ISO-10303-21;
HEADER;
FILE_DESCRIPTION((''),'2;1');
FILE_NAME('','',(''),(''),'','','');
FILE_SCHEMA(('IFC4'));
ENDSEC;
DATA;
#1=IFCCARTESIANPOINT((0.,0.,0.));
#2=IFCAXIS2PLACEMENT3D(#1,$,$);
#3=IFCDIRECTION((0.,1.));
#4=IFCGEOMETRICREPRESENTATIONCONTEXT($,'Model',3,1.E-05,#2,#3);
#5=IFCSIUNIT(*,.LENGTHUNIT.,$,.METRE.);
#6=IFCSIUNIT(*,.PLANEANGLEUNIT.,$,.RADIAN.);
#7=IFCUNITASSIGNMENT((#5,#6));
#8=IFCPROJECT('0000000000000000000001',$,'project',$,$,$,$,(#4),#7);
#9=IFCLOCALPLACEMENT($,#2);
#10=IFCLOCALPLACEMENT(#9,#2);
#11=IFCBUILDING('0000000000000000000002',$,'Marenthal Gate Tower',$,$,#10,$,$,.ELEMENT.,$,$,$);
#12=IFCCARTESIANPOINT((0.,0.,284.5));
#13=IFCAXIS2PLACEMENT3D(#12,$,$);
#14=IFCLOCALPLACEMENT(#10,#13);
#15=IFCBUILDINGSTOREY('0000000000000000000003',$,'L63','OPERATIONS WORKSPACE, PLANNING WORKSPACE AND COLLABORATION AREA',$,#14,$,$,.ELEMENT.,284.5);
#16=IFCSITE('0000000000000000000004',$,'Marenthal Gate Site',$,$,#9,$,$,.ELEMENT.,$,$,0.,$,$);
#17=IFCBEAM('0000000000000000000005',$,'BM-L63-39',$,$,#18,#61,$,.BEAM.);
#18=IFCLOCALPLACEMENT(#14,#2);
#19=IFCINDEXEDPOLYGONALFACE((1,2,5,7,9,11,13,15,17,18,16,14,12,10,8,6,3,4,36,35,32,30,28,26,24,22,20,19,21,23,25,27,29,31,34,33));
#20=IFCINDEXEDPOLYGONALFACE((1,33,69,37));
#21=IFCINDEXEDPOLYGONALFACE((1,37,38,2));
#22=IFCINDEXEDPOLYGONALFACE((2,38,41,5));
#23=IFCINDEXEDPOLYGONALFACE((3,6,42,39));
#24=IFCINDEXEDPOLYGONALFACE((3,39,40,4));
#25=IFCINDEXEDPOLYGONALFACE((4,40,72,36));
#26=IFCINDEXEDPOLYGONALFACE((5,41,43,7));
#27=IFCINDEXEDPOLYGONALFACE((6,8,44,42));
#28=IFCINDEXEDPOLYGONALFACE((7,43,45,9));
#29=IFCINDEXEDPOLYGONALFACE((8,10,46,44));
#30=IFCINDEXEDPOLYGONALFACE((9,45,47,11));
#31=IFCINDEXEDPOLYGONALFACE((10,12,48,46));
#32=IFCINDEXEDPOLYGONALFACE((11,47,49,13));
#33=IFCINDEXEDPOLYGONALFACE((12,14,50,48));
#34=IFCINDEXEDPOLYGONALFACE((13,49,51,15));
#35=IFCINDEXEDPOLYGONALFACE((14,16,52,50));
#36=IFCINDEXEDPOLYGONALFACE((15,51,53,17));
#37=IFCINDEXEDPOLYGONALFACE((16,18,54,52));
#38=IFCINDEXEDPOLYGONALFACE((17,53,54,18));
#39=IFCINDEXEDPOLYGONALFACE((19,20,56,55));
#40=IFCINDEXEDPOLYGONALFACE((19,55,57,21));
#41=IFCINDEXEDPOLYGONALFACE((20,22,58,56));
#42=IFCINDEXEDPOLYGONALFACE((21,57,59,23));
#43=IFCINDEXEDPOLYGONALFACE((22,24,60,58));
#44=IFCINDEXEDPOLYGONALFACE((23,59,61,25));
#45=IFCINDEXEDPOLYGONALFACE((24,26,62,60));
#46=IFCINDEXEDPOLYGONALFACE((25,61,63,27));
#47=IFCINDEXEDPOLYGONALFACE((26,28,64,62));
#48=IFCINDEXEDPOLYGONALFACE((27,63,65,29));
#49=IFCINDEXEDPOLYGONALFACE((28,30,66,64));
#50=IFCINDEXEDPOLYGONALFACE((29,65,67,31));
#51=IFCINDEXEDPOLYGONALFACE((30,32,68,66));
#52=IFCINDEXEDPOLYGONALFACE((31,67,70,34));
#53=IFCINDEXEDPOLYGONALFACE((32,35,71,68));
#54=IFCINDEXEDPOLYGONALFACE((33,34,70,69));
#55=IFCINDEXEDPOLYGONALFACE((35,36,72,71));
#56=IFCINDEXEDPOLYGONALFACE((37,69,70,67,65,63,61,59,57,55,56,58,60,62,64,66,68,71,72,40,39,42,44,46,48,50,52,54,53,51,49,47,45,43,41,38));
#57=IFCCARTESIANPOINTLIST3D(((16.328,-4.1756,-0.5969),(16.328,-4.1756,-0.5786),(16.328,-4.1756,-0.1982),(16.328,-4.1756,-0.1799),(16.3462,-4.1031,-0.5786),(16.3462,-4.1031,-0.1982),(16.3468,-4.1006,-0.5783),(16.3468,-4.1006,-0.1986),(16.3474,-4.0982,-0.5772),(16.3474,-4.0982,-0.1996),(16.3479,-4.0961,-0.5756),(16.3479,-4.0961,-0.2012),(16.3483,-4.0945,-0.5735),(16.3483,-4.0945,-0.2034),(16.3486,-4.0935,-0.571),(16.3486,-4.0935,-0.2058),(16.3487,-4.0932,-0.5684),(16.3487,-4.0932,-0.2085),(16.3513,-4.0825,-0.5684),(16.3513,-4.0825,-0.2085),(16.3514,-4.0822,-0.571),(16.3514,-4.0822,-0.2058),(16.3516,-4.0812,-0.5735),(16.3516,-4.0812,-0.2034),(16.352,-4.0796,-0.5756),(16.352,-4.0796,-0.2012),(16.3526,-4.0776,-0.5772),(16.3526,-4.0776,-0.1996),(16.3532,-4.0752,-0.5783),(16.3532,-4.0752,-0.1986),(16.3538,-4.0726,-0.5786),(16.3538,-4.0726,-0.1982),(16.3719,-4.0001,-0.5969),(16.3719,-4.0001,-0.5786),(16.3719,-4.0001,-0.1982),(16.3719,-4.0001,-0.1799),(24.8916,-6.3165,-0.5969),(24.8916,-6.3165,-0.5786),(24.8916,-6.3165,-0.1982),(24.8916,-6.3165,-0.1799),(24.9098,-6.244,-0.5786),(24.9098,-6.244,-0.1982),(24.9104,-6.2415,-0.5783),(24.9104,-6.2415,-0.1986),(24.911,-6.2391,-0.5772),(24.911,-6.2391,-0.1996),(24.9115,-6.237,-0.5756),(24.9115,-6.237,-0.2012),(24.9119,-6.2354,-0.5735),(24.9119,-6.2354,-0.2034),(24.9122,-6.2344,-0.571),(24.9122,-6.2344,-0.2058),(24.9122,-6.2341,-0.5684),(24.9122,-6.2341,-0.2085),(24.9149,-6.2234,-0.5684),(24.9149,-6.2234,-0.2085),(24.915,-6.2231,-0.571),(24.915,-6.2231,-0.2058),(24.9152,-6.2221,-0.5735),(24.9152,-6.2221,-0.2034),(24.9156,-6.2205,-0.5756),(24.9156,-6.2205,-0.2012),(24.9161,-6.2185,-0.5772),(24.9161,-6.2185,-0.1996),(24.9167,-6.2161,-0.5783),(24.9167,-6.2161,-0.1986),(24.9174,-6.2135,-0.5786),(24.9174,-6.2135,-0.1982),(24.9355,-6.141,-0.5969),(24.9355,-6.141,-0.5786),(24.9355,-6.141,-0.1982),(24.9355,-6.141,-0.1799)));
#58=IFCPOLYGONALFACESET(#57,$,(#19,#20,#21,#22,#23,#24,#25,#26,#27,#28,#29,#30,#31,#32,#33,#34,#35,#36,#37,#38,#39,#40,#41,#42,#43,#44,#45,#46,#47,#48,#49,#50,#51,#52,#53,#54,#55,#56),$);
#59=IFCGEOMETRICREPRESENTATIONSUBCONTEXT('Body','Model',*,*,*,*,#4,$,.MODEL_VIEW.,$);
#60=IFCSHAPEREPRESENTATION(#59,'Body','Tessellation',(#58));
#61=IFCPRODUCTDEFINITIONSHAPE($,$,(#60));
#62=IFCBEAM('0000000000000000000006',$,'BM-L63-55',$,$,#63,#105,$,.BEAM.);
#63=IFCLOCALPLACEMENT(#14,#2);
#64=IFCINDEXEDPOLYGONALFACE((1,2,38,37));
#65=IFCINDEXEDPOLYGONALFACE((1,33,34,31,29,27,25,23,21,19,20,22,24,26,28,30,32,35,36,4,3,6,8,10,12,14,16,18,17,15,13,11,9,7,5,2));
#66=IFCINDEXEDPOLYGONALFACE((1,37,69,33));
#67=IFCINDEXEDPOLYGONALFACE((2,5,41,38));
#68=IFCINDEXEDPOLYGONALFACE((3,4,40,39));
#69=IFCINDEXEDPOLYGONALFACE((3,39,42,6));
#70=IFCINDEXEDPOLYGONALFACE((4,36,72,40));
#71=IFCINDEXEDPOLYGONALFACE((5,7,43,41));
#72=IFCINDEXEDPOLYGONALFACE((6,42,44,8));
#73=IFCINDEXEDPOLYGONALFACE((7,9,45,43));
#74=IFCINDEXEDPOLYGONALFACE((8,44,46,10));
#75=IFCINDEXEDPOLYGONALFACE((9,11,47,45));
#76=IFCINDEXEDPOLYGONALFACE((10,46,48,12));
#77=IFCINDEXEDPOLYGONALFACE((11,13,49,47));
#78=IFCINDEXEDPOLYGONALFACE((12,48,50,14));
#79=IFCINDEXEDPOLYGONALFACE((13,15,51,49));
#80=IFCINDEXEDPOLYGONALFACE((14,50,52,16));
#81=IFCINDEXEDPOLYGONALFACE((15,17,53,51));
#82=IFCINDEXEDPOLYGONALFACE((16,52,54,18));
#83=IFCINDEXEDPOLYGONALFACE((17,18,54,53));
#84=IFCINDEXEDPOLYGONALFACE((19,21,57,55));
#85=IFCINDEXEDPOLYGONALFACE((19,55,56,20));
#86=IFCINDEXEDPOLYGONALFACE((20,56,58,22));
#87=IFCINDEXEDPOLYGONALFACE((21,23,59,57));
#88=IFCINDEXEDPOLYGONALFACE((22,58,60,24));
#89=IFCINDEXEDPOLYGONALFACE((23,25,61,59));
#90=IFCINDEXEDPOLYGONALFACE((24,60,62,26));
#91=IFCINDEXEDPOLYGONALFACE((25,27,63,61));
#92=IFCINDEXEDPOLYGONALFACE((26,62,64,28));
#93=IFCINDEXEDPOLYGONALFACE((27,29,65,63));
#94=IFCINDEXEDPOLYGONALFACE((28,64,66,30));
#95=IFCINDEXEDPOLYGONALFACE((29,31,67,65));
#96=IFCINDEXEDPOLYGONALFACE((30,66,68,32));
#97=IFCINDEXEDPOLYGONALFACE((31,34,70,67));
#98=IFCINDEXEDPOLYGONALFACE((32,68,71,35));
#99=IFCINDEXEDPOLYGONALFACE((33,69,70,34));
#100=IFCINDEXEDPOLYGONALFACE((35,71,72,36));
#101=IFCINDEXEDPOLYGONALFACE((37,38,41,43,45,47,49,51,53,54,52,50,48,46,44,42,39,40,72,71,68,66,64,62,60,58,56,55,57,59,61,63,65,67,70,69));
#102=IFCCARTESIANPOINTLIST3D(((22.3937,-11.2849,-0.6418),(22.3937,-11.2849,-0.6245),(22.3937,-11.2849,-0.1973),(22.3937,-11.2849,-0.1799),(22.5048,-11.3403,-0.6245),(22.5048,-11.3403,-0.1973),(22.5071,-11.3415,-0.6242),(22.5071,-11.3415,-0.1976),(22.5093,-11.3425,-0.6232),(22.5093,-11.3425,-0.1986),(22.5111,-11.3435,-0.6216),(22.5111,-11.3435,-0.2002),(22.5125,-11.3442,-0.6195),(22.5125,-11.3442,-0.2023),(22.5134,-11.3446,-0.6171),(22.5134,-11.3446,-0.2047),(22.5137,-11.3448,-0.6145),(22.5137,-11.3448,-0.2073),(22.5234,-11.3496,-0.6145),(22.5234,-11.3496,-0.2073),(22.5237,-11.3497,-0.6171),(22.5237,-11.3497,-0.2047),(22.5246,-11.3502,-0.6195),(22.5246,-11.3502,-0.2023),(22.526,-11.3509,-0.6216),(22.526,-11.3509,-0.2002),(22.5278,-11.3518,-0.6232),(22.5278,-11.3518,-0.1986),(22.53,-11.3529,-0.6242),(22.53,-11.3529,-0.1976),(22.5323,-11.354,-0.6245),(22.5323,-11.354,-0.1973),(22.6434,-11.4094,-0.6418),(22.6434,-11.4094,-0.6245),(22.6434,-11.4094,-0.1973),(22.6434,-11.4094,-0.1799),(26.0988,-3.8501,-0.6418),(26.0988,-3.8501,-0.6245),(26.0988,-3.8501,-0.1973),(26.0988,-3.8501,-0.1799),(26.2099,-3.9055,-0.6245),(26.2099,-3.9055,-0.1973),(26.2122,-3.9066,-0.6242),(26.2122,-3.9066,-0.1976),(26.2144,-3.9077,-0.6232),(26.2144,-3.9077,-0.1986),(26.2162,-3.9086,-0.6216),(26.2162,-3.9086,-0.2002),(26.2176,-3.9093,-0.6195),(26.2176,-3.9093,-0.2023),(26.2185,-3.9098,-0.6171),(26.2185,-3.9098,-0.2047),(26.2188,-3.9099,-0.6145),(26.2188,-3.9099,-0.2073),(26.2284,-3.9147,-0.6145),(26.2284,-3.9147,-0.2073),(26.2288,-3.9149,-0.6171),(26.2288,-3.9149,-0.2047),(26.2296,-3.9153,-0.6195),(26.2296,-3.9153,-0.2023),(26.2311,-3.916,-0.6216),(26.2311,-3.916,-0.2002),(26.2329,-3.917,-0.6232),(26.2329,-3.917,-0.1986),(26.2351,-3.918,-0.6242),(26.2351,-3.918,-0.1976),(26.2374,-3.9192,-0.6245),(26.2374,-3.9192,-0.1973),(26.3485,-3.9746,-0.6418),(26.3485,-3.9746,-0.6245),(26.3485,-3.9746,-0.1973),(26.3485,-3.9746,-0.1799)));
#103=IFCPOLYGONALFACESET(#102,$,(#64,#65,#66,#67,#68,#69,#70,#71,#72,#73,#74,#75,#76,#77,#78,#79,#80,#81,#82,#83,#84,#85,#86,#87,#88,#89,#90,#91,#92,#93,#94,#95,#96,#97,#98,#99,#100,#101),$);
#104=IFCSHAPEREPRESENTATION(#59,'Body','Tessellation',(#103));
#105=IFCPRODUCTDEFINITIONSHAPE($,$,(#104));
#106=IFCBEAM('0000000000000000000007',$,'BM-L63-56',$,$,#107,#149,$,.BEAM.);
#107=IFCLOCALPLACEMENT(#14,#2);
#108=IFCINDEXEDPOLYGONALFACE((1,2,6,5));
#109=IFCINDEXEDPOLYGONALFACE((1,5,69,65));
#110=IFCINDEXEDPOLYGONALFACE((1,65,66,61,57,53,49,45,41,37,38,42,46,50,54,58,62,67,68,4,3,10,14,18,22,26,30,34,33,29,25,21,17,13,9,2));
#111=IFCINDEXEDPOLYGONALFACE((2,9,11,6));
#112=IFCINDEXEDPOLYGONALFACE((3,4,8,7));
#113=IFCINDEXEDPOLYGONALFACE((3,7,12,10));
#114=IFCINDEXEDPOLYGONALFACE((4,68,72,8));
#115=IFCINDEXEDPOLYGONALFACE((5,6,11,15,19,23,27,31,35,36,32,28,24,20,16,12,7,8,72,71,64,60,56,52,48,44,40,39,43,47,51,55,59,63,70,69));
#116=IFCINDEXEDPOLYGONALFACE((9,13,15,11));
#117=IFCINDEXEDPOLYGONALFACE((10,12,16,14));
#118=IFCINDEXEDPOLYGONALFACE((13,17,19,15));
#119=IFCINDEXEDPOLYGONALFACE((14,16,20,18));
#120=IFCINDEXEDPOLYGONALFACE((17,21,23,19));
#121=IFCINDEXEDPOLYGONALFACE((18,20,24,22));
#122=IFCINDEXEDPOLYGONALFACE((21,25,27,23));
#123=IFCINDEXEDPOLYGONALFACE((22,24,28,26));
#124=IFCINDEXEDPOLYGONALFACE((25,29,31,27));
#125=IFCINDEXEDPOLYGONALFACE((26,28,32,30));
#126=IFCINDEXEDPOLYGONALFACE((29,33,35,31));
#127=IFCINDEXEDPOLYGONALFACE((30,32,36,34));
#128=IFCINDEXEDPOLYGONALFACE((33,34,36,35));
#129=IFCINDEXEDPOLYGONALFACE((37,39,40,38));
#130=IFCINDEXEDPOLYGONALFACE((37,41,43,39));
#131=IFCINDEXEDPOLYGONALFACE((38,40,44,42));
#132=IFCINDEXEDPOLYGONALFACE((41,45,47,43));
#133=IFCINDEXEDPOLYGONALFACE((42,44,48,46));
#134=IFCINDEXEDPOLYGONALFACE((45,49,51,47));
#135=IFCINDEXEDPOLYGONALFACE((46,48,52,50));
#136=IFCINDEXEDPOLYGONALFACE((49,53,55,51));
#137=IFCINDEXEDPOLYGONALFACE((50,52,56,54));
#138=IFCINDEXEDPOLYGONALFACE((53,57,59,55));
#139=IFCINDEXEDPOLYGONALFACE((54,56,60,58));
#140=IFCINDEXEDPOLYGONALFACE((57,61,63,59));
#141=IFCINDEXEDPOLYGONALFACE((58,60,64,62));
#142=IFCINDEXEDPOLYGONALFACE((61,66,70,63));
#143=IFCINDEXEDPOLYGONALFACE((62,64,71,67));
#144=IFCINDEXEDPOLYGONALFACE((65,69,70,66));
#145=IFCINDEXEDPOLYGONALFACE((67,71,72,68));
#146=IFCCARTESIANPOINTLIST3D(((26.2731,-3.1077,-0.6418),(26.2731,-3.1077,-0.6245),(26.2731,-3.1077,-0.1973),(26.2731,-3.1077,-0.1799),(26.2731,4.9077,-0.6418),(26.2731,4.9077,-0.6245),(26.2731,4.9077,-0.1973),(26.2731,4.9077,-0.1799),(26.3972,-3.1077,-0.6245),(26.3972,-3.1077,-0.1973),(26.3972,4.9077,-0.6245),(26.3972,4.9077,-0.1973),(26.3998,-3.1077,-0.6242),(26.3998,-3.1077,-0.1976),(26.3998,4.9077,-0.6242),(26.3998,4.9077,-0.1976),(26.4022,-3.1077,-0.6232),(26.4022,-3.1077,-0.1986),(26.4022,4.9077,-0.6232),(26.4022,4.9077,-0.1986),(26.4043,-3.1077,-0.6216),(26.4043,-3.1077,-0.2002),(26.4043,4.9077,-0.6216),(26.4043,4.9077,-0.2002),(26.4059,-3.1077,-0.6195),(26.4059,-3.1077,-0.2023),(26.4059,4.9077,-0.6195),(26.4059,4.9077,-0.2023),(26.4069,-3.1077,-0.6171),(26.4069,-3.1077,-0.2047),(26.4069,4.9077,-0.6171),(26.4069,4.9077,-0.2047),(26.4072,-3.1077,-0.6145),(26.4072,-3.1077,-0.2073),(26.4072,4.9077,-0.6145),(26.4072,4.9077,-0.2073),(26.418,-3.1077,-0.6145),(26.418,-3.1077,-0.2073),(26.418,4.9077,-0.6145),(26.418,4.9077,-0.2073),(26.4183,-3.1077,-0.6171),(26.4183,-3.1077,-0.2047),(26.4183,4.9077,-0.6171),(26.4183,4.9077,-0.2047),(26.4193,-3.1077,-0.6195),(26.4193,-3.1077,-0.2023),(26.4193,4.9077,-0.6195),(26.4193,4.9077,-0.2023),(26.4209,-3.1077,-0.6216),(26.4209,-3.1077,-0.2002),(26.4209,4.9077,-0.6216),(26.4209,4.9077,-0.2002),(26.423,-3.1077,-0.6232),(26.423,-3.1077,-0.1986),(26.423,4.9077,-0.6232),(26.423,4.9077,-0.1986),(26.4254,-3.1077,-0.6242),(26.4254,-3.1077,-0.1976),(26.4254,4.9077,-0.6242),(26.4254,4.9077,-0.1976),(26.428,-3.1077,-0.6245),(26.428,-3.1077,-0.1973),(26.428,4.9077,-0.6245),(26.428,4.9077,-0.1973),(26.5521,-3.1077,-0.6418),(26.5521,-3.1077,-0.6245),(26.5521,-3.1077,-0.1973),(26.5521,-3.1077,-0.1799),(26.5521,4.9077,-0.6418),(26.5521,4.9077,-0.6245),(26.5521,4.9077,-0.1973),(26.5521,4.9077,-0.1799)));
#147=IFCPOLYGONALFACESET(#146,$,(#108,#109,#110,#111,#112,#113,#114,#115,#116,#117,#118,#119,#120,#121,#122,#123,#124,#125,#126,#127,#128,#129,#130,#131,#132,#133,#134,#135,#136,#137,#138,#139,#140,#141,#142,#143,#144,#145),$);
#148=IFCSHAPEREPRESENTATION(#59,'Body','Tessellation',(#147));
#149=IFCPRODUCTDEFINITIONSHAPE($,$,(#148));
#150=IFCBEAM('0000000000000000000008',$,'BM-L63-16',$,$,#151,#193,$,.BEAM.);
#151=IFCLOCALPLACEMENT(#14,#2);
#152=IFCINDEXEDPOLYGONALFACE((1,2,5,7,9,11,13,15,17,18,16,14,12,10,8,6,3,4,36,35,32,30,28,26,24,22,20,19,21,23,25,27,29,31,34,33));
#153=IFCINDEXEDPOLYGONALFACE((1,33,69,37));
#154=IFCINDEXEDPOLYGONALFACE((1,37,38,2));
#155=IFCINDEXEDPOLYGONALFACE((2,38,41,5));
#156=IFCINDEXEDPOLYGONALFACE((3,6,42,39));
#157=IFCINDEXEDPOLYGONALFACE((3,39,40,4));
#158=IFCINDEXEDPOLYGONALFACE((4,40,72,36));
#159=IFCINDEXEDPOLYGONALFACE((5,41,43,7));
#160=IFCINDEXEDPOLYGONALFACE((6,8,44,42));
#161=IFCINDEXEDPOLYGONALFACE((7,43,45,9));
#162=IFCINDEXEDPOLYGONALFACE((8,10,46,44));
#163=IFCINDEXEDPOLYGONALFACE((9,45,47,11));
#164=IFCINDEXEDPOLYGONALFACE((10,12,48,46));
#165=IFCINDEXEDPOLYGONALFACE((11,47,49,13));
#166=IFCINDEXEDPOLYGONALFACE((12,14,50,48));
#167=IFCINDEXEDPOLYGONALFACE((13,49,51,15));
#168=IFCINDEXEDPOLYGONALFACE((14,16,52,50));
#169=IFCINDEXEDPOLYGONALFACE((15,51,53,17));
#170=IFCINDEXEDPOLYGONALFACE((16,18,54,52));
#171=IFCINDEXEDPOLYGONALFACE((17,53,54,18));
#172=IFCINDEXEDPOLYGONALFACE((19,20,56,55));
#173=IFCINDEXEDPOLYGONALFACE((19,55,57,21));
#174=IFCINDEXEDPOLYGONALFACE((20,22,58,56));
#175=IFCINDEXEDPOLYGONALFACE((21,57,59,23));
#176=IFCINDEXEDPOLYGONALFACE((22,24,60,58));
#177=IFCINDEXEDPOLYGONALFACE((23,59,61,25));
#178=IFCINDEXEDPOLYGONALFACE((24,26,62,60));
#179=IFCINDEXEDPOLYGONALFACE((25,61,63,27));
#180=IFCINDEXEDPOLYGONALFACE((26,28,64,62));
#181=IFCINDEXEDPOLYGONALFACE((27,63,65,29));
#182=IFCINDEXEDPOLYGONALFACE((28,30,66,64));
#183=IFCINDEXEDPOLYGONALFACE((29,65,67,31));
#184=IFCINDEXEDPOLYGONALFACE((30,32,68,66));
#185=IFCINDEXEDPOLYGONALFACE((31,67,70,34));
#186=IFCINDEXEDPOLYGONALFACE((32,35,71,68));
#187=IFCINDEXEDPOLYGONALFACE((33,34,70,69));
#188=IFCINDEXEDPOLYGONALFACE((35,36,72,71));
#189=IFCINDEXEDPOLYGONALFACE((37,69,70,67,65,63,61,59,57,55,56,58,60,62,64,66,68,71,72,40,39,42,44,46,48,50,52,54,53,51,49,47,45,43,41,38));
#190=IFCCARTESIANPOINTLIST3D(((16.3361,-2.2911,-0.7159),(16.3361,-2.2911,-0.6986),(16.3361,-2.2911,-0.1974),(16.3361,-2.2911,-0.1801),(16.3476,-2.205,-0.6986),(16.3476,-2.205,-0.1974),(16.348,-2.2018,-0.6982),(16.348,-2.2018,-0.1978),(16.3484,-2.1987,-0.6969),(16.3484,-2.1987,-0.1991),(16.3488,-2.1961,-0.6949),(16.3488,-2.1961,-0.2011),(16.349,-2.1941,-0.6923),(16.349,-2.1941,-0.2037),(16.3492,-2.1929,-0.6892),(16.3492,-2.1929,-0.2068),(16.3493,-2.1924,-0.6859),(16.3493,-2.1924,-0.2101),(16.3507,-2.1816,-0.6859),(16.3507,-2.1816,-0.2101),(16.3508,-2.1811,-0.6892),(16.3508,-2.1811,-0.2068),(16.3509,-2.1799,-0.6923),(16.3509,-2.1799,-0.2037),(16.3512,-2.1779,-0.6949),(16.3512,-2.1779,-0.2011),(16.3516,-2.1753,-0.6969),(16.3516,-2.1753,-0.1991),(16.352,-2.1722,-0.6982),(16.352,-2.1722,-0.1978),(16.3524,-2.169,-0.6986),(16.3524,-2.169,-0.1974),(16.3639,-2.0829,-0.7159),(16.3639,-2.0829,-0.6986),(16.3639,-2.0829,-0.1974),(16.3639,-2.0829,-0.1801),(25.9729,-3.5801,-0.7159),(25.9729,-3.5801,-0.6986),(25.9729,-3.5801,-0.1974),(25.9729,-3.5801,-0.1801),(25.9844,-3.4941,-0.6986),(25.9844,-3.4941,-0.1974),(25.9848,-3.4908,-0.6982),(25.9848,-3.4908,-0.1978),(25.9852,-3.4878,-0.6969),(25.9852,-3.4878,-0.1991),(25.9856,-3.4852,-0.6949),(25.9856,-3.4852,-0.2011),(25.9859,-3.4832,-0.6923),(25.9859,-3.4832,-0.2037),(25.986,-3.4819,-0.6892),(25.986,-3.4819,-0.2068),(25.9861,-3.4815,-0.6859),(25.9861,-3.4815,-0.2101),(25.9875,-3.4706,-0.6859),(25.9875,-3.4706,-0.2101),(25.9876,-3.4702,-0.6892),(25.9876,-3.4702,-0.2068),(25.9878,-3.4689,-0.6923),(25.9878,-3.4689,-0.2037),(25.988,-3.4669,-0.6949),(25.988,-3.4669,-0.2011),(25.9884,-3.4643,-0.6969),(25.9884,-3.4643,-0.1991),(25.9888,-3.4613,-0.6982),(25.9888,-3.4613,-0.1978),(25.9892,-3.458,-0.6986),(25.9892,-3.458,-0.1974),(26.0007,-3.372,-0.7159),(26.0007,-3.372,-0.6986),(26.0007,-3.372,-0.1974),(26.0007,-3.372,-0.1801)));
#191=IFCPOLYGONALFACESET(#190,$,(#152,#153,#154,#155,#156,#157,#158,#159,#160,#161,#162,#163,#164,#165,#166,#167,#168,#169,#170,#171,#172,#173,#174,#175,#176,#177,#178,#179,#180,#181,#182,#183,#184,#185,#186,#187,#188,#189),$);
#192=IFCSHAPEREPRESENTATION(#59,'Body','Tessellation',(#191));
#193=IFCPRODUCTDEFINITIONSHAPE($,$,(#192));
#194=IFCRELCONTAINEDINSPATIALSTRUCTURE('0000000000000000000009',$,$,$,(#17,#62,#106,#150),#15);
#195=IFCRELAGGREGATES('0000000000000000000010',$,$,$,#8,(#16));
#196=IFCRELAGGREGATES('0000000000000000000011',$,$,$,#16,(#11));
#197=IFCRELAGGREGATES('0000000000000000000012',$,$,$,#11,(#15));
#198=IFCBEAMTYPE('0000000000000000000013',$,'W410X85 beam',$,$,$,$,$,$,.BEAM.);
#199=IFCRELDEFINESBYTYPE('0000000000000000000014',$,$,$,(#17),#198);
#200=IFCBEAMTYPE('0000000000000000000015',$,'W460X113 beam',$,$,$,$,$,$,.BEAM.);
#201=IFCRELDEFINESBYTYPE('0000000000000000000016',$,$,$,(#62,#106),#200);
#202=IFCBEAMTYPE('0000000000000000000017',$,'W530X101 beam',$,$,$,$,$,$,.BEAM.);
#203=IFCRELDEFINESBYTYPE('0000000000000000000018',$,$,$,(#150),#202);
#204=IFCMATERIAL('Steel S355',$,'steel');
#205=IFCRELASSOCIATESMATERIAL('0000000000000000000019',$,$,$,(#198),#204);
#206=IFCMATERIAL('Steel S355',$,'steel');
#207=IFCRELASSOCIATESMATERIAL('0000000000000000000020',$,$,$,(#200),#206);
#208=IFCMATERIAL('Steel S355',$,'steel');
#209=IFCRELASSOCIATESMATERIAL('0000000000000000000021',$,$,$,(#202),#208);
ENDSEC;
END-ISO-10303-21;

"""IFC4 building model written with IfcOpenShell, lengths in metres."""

from ifc_helpers import new_model, si_unit, direction, frame, origin, origin_2d, place, context, subcontext, project, spatial, i_section, extrude, material, material_profile, profile_set, type_object, element, save


model = new_model("IFC4")

# Units and contexts
model_context = context("Model", 3, precision=1e-05, world=origin(), true_north=direction((0.0, 1.0)))
body_context = subcontext(model_context, "Body", "Model", "MODEL_VIEW")
ifc_project = project(units=[si_unit("LENGTHUNIT", "METRE"), si_unit("PLANEANGLEUNIT", "RADIAN")], contexts=[model_context])

# Site, building, storey
site_placement = place(None, origin())
site = spatial("IfcSite", under=ifc_project, at=site_placement, Name="Marenthal Gate Site", CompositionType="ELEMENT", RefElevation=0.0)
building_placement = place(site_placement, origin())
building = spatial("IfcBuilding", under=site, at=building_placement, Name="Marenthal Gate Tower", CompositionType="ELEMENT")
storey_placement = place(building_placement, frame((0.0, 0.0, 284.5)))
storey = spatial("IfcBuildingStorey", under=building, at=storey_placement, Name="L63", Description="OPERATIONS WORKSPACE, PLANNING WORKSPACE AND COLLABORATION AREA", CompositionType="ELEMENT", Elevation=284.5)

# Beams
ifc_material_1 = material(Name="Steel S355", Category="steel")
ifc_material_profile_1 = material_profile(ifc_material_1, i_section(OverallWidth=0.1809, OverallDepth=0.417, WebThickness=0.011, FlangeThickness=0.0183, FilletRadius=0.0103, at=origin_2d()), Name="W410X85")
ifc_profile_set_1 = profile_set([ifc_material_profile_1], Name="Steel S355")
beam_type_1 = type_object("IfcBeamType", Name="W410X85 beam", PredefinedType="BEAM", material=ifc_profile_set_1)
beam_1_placement = place(storey_placement, frame((24.9136, -6.2288, -0.3884), z_axis=(-0.970143, 0.242536, 0.0), x_axis=(-0.242536, -0.970143, 0.0)))
element("IfcBeam", 1, at=beam_1_placement, inside=storey, type_object=beam_type_1, Name="BM-L63-39", PredefinedType="BEAM", context=body_context, shape_type="SweptSolid", body=[
    extrude(i_section(OverallWidth=0.1809, OverallDepth=0.417, WebThickness=0.011, FlangeThickness=0.0183, FilletRadius=0.0103, at=origin_2d()), origin(), (0.0, 0.0, 1.0), 8.8271),
])
ifc_material_2 = material(Name="Steel S355", Category="steel")
ifc_material_profile_2 = material_profile(ifc_material_2, i_section(OverallWidth=0.2791, OverallDepth=0.4619, WebThickness=0.0107, FlangeThickness=0.0173, FilletRadius=0.01, at=origin_2d()), Name="W460X113")
ifc_profile_set_2 = profile_set([ifc_material_profile_2], Name="Steel S355")
beam_type_2 = type_object("IfcBeamType", Name="W460X113 beam", PredefinedType="BEAM", material=ifc_profile_set_2)
beam_2_placement = place(storey_placement, frame((22.5186, -11.3472, -0.4109), z_axis=(0.446026, 0.89502, 0.0), x_axis=(-0.89502, 0.446026, 0.0)))
element("IfcBeam", 2, at=beam_2_placement, inside=storey, type_object=beam_type_2, Name="BM-L63-55", PredefinedType="BEAM", context=body_context, shape_type="SweptSolid", body=[
    extrude(i_section(OverallWidth=0.2791, OverallDepth=0.4619, WebThickness=0.0107, FlangeThickness=0.0173, FilletRadius=0.01, at=origin_2d()), origin(), (0.0, 0.0, 1.0), 8.3069),
])
beam_3_placement = place(storey_placement, frame((26.4126, -3.1077, -0.4109), z_axis=(0.0, 1.0, 0.0), x_axis=(-1.0, 0.0, 0.0)))
element("IfcBeam", 3, at=beam_3_placement, inside=storey, type_object=beam_type_2, Name="BM-L63-56", PredefinedType="BEAM", context=body_context, shape_type="SweptSolid", body=[
    extrude(i_section(OverallWidth=0.2791, OverallDepth=0.4619, WebThickness=0.0107, FlangeThickness=0.0173, FilletRadius=0.01, at=origin_2d()), origin(), (0.0, 0.0, 1.0), 8.0154),
])
ifc_material_3 = material(Name="Steel S355", Category="steel")
ifc_material_profile_3 = material_profile(ifc_material_3, i_section(OverallWidth=0.21, OverallDepth=0.5359, WebThickness=0.011, FlangeThickness=0.0173, FilletRadius=0.0127, at=origin_2d()), Name="W530X101")
ifc_profile_set_3 = profile_set([ifc_material_profile_3], Name="Steel S355")
beam_type_3 = type_object("IfcBeamType", Name="W530X101 beam", PredefinedType="BEAM", material=ifc_profile_set_3)
beam_4_placement = place(storey_placement, frame((25.9868, -3.4761, -0.448), z_axis=(-0.991172, 0.132585, 0.0), x_axis=(-0.132585, -0.991172, 0.0)))
element("IfcBeam", 4, at=beam_4_placement, inside=storey, type_object=beam_type_3, Name="BM-L63-16", PredefinedType="BEAM", context=body_context, shape_type="SweptSolid", body=[
    extrude(i_section(OverallWidth=0.21, OverallDepth=0.5359, WebThickness=0.011, FlangeThickness=0.0173, FilletRadius=0.0127, at=origin_2d()), origin(), (0.0, 0.0, 1.0), 9.7227),
])

save(model, "model.ifc")
